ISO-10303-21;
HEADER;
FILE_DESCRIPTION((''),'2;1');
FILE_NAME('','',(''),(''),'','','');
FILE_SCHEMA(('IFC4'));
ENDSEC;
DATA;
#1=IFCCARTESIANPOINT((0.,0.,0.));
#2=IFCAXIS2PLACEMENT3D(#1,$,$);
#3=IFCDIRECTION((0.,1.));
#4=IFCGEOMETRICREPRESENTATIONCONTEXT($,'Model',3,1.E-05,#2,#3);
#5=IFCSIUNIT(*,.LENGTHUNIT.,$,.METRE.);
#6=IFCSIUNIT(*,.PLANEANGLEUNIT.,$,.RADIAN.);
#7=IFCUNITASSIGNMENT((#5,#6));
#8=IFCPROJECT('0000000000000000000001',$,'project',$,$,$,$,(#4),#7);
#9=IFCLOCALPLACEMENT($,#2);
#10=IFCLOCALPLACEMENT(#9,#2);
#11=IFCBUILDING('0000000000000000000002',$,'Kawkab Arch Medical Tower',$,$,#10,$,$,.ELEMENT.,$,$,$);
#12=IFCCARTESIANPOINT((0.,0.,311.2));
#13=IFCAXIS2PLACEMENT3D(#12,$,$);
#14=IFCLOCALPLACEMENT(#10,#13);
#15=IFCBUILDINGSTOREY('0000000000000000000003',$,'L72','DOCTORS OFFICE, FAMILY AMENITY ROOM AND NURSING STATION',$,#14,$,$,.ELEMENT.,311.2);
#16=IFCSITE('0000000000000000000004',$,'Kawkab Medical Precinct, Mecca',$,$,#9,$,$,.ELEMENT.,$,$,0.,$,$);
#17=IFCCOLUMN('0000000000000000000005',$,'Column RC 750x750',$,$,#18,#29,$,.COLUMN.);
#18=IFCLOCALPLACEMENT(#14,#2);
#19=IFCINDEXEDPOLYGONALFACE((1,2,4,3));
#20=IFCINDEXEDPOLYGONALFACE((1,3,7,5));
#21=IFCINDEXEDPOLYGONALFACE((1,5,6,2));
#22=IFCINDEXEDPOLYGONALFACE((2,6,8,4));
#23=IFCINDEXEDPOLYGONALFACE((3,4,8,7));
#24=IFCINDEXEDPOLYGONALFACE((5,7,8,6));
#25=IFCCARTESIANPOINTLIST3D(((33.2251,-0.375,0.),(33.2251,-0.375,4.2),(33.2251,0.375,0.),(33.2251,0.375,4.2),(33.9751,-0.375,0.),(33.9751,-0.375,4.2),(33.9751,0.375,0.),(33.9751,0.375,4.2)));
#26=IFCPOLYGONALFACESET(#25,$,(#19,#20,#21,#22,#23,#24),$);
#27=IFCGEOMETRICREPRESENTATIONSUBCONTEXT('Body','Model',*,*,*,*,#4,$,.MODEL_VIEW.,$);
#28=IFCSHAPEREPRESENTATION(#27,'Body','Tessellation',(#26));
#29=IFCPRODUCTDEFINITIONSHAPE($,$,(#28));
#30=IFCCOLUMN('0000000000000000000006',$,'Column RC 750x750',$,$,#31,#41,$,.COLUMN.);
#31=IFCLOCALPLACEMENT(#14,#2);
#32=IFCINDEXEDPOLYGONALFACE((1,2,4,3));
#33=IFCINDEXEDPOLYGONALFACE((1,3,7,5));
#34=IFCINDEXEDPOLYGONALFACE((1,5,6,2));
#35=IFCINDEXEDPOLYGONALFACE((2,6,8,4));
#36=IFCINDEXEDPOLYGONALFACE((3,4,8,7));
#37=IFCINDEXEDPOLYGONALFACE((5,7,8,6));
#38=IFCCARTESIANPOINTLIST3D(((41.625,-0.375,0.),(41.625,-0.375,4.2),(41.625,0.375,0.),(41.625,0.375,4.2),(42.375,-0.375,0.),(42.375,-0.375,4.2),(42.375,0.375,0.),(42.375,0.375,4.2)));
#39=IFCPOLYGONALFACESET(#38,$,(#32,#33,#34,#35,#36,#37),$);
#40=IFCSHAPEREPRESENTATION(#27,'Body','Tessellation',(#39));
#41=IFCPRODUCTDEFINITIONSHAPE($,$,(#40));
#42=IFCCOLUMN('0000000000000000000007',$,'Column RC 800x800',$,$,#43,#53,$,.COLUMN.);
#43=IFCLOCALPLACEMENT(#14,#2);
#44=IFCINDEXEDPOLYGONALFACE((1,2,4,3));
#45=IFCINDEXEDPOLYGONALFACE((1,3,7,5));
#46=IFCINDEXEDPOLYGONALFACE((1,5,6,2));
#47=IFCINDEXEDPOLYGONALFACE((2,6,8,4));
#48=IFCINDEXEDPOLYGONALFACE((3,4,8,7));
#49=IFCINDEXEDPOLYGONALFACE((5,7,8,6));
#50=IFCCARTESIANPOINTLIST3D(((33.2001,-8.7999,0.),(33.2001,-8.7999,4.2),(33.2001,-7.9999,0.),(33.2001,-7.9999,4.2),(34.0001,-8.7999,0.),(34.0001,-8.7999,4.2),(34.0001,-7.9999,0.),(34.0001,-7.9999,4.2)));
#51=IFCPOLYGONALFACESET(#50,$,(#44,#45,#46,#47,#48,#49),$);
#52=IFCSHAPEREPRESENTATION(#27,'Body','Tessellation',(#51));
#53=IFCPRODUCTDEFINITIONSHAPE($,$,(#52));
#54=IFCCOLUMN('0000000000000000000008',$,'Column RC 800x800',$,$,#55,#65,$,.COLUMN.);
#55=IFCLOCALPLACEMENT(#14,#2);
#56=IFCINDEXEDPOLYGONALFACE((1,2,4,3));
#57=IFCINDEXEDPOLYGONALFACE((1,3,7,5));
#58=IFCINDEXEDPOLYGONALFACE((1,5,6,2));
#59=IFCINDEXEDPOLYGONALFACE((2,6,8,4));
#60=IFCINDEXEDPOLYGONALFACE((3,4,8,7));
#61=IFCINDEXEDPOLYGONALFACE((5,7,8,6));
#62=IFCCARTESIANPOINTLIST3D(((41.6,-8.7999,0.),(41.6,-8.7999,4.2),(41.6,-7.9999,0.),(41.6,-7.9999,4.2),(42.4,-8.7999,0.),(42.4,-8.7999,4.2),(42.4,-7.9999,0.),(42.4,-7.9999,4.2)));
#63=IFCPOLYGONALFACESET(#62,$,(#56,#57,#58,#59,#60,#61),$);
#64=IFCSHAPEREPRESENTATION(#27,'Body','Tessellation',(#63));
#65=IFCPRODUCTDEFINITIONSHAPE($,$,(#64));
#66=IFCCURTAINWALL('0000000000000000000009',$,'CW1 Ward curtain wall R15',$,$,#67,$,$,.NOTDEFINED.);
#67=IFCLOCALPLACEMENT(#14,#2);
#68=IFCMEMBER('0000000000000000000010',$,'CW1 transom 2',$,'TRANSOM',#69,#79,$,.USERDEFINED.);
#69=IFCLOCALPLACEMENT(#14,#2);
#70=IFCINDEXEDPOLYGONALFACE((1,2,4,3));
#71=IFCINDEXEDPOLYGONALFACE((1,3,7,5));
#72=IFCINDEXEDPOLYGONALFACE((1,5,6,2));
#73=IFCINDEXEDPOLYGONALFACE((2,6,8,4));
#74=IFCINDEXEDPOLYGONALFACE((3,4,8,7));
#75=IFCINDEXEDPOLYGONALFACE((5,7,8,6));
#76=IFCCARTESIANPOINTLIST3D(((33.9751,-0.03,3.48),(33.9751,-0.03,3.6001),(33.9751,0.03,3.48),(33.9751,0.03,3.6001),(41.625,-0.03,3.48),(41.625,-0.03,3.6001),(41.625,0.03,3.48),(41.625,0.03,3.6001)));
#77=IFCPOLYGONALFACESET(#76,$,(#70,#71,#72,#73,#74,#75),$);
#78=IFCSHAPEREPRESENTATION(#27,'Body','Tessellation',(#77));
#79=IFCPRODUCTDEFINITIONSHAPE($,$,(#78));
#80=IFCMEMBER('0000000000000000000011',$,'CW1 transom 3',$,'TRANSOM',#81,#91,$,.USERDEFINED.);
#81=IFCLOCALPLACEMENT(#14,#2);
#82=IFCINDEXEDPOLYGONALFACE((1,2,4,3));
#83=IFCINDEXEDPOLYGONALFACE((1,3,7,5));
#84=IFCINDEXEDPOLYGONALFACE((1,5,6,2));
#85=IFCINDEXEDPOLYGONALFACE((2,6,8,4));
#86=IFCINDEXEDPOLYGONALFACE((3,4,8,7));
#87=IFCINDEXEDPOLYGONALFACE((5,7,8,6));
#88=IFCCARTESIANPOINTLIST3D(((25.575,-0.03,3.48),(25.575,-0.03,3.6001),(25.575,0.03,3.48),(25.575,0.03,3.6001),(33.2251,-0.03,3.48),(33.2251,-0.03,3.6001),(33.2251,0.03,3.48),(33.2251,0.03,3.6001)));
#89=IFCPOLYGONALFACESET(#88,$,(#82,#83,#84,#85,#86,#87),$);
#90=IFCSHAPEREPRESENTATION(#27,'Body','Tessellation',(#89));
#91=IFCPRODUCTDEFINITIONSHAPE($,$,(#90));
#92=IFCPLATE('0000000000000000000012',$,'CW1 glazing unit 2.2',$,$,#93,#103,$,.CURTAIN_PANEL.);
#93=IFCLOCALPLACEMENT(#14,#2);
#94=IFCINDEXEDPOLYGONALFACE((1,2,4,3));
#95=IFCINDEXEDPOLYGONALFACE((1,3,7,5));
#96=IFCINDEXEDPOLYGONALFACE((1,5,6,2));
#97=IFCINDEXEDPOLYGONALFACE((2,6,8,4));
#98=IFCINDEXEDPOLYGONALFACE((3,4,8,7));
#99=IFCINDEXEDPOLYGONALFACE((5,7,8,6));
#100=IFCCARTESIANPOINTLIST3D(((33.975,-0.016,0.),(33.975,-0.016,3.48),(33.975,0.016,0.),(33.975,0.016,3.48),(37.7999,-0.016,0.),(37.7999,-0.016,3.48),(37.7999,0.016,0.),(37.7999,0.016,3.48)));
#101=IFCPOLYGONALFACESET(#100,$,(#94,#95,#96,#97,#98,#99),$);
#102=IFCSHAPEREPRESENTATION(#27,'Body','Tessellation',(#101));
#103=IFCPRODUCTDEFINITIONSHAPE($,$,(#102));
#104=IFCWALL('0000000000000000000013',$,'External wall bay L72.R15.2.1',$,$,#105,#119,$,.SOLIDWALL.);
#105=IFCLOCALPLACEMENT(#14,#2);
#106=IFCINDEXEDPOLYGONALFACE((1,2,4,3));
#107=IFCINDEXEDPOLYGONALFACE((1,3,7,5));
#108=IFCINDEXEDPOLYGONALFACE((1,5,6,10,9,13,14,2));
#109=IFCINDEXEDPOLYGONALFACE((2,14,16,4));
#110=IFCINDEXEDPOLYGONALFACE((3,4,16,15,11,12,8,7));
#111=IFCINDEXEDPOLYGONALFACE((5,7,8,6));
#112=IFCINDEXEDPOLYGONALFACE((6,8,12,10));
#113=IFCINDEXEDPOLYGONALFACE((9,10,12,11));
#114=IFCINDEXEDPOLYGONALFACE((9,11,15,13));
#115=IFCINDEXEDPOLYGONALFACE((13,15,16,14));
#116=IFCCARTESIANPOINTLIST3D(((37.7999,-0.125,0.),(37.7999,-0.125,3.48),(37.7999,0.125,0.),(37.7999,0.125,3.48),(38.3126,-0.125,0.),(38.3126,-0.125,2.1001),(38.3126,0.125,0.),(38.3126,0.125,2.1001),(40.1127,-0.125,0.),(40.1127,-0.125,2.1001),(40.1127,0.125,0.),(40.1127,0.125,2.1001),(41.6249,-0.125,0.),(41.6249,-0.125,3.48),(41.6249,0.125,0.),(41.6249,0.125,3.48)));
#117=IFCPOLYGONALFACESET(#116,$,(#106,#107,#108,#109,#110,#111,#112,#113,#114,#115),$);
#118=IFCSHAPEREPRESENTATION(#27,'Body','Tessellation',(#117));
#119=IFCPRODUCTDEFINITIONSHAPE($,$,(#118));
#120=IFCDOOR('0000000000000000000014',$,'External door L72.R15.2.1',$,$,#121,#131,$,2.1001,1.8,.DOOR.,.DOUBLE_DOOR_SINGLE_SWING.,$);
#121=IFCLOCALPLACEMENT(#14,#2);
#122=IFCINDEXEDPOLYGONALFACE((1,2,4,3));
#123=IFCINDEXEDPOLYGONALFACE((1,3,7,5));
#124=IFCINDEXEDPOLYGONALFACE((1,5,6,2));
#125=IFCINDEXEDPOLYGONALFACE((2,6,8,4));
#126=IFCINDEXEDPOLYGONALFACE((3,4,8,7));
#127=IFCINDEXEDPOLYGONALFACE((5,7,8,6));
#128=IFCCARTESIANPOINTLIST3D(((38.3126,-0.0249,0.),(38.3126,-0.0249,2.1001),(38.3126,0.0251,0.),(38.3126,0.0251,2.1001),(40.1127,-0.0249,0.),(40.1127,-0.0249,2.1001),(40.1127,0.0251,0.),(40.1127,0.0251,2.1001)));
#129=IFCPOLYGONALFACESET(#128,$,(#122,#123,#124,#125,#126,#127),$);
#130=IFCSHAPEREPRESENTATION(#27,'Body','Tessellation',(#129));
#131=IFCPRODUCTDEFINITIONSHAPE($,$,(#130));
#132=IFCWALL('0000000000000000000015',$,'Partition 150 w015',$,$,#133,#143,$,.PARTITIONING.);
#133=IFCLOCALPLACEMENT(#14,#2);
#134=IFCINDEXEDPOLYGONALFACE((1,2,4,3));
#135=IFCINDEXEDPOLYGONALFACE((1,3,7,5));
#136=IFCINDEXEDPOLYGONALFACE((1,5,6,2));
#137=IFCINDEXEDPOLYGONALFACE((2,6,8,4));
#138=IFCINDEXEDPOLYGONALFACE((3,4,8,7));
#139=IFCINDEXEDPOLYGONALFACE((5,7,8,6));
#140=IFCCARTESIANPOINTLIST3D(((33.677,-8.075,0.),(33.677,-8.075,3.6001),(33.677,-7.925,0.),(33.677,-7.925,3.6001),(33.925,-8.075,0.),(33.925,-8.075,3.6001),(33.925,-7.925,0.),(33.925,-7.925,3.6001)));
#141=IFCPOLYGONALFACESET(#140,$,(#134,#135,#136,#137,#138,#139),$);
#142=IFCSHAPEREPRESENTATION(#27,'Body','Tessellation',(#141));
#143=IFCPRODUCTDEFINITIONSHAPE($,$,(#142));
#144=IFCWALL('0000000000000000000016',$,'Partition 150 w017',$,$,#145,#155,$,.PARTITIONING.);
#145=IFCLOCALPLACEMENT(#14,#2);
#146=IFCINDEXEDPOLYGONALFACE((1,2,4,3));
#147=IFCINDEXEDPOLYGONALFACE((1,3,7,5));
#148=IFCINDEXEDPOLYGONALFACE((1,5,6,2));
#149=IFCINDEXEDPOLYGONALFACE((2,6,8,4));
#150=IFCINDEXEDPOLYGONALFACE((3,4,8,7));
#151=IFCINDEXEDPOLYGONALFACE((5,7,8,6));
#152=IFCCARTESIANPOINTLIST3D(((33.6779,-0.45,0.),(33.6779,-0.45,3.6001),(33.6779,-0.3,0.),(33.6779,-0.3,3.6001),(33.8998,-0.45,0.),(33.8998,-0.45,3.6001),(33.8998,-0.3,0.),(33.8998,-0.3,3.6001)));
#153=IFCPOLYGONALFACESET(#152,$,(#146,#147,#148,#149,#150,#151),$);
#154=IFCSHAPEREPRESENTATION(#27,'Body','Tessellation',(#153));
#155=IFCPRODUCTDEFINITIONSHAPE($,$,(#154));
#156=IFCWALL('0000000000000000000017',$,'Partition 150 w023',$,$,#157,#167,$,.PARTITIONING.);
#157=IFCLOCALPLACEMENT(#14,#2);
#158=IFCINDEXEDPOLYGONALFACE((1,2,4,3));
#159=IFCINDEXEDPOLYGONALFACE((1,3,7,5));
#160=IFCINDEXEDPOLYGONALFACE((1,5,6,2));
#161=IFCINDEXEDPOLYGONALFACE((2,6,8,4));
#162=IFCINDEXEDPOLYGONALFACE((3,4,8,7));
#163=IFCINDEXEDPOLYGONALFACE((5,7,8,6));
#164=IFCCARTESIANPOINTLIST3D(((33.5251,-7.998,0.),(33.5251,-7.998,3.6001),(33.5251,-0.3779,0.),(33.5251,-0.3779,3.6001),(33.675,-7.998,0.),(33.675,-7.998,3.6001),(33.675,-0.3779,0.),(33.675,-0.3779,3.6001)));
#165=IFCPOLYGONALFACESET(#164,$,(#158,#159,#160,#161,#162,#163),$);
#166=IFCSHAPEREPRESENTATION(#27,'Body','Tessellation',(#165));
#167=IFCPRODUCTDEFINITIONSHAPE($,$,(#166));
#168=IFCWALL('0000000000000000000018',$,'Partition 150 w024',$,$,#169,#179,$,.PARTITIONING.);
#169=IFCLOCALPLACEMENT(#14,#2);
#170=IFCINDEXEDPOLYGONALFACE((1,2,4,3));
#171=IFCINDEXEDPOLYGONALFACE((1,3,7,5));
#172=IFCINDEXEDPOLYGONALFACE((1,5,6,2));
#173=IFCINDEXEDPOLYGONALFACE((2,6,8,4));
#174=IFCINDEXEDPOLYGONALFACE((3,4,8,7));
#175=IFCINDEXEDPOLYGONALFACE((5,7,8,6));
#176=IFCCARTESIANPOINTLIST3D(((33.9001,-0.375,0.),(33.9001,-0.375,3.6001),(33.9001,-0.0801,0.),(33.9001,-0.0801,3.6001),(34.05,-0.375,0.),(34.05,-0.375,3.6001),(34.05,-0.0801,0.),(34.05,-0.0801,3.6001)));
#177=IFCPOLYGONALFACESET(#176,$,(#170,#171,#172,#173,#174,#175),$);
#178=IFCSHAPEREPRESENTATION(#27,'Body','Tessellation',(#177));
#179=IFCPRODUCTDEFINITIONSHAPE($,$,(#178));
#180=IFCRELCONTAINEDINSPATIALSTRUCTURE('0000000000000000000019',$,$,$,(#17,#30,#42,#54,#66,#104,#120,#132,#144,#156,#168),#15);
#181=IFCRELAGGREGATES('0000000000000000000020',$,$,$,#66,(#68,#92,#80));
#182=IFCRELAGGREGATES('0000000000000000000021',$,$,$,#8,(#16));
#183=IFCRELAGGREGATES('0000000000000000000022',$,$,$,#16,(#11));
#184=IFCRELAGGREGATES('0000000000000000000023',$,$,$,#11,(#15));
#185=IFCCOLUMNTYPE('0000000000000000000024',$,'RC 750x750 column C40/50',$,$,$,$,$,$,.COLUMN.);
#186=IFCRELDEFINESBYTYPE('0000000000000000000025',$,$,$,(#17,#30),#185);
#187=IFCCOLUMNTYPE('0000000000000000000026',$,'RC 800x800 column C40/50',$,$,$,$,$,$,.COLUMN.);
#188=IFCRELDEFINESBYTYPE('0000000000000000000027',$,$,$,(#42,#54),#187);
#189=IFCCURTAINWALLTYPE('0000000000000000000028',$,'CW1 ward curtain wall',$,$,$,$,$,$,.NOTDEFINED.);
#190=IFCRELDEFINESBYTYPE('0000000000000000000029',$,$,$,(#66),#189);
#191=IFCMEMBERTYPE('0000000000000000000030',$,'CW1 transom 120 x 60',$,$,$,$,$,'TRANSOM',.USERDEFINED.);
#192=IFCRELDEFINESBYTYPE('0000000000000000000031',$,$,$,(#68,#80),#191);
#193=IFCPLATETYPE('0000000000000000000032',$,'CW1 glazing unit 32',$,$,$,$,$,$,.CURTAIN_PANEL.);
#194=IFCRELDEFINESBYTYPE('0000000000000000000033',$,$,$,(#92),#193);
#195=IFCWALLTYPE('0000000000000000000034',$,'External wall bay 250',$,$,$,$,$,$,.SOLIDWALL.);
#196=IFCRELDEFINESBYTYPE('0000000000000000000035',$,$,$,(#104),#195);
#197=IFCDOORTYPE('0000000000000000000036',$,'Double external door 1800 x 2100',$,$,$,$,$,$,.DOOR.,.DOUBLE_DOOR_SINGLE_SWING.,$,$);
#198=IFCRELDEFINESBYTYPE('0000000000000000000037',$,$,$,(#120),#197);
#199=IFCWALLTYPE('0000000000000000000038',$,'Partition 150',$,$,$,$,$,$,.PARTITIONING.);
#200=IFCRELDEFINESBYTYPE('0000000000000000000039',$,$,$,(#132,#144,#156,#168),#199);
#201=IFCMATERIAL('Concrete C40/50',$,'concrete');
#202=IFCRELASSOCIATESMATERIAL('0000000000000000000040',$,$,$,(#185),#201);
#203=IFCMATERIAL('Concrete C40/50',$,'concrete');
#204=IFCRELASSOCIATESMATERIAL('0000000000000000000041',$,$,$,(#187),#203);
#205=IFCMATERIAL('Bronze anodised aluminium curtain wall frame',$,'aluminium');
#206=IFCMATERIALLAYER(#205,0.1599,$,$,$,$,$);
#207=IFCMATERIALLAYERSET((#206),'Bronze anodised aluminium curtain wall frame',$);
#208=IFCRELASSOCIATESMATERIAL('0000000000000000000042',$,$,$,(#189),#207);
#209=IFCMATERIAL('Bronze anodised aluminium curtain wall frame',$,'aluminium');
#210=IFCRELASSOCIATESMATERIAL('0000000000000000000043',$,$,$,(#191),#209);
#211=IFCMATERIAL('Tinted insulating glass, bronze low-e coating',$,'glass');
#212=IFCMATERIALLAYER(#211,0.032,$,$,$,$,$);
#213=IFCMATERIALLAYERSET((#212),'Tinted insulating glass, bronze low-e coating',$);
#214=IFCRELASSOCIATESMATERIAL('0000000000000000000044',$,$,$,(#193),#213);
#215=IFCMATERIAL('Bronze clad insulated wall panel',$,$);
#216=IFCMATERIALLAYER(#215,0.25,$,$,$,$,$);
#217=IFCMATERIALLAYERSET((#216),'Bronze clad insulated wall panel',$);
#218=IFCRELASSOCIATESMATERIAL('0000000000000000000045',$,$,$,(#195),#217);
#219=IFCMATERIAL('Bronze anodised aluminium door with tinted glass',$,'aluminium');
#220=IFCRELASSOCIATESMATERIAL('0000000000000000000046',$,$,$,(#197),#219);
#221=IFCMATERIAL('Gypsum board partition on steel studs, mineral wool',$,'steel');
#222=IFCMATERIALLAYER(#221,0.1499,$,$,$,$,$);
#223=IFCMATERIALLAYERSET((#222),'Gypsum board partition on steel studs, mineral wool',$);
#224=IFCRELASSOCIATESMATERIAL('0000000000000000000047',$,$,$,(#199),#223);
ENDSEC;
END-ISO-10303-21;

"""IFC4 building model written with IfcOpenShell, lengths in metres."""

from ifc_helpers import new_model, si_unit, direction, frame, frame_2d, origin, origin_2d, place, context, subcontext, project, spatial, rectangle, extrude, material, layer, layer_set, material_profile, profile_set, type_object, element, fill, aggregate, save


model = new_model("IFC4")

# Units and contexts
model_context = context("Model", 3, precision=1e-05, world=origin(), true_north=direction((0.0, 1.0)))
body_context = subcontext(model_context, "Body", "Model", "MODEL_VIEW")
ifc_project = project(units=[si_unit("LENGTHUNIT", "METRE"), si_unit("PLANEANGLEUNIT", "RADIAN")], contexts=[model_context])

# Site, building, storey
site_placement = place(None, origin())
site = spatial("IfcSite", under=ifc_project, at=site_placement, Name="Kawkab Medical Precinct, Mecca", CompositionType="ELEMENT", RefElevation=0.0)
building_placement = place(site_placement, origin())
building = spatial("IfcBuilding", under=site, at=building_placement, Name="Kawkab Arch Medical Tower", CompositionType="ELEMENT")
storey_placement = place(building_placement, frame((0.0, 0.0, 311.2)))
storey = spatial("IfcBuildingStorey", under=building, at=storey_placement, Name="L72", Description="DOCTORS OFFICE, FAMILY AMENITY ROOM AND NURSING STATION", CompositionType="ELEMENT", Elevation=311.2)

# Columns
ifc_material_1 = material(Name="Concrete C40/50", Category="concrete")
ifc_material_profile_1 = material_profile(ifc_material_1, rectangle(XDim=0.75, YDim=0.75, at=origin_2d()), Name="RC 750x750")
ifc_profile_set_1 = profile_set([ifc_material_profile_1], Name="Concrete C40/50")
column_type_1 = type_object("IfcColumnType", Name="RC 750x750 column C40/50", PredefinedType="COLUMN", material=ifc_profile_set_1)
for number, where, z_axis, x_axis, name in (
    (1, (33.6001, 0.0, 0.0), (0.0, 0.0, 1.0), (1.0, 0.0, 0.0), "Column RC 750x750"),
    (2, (42.0, 0.0, 0.0), (0.0, 0.0, 1.0), (1.0, 0.0, 0.0), "Column RC 750x750"),
):
    element("IfcColumn", number, at=place(storey_placement, frame(where, z_axis=z_axis, x_axis=x_axis)), inside=storey, type_object=column_type_1, Name=name, PredefinedType="COLUMN", context=body_context, shape_type="SweptSolid", body=[
        extrude(rectangle(XDim=0.75, YDim=0.75, at=origin_2d()), origin(), (0.0, 0.0, 1.0), 4.2),
    ])
ifc_material_2 = material(Name="Concrete C40/50", Category="concrete")
ifc_material_profile_2 = material_profile(ifc_material_2, rectangle(XDim=0.8, YDim=0.8, at=origin_2d()), Name="RC 800x800")
ifc_profile_set_2 = profile_set([ifc_material_profile_2], Name="Concrete C40/50")
column_type_2 = type_object("IfcColumnType", Name="RC 800x800 column C40/50", PredefinedType="COLUMN", material=ifc_profile_set_2)
for number, where, z_axis, x_axis, name in (
    (3, (33.6001, -8.3999, 0.0), (0.0, 0.0, 1.0), (1.0, 0.0, 0.0), "Column RC 800x800"),
    (4, (42.0, -8.3999, 0.0), (0.0, 0.0, 1.0), (1.0, 0.0, 0.0), "Column RC 800x800"),
):
    element("IfcColumn", number, at=place(storey_placement, frame(where, z_axis=z_axis, x_axis=x_axis)), inside=storey, type_object=column_type_2, Name=name, PredefinedType="COLUMN", context=body_context, shape_type="SweptSolid", body=[
        extrude(rectangle(XDim=0.8, YDim=0.8, at=origin_2d()), origin(), (0.0, 0.0, 1.0), 4.2),
    ])

# Curtain wall, members, plate
ifc_material_3 = material(Name="Bronze anodised aluminium curtain wall frame", Category="aluminium")
ifc_layer_1 = layer(ifc_material_3, 0.1599)
ifc_layer_set_1 = layer_set([ifc_layer_1], Name="Bronze anodised aluminium curtain wall frame")
curtain_wall_type = type_object("IfcCurtainWallType", Name="CW1 ward curtain wall", PredefinedType="NOTDEFINED", material=ifc_layer_set_1)
curtain_wall_placement = place(storey_placement, origin())
curtain_wall = element("IfcCurtainWall", 5, at=curtain_wall_placement, inside=storey, type_object=curtain_wall_type, Name="CW1 Ward curtain wall R15", PredefinedType="NOTDEFINED")
ifc_material_4 = material(Name="Bronze anodised aluminium curtain wall frame", Category="aluminium")
ifc_material_profile_3 = material_profile(ifc_material_4, rectangle(XDim=0.0601, YDim=0.1201, at=origin_2d()), Name="AL 60x120")
ifc_profile_set_3 = profile_set([ifc_material_profile_3], Name="Bronze anodised aluminium curtain wall frame")
member_type = type_object("IfcMemberType", Name="CW1 transom 120 x 60", ElementType="TRANSOM", PredefinedType="USERDEFINED", material=ifc_profile_set_3)
member_1_placement = place(storey_placement, frame((41.625, 0.0, 3.54), z_axis=(-1.0, 0.0, 0.0), x_axis=(0.0, -1.0, 0.0)))
member_1 = element("IfcMember", 6, at=member_1_placement, type_object=member_type, Name="CW1 transom 2", ObjectType="TRANSOM", PredefinedType="USERDEFINED", context=body_context, shape_type="SweptSolid", body=[
    extrude(rectangle(XDim=0.0601, YDim=0.1201, at=origin_2d()), origin(), (0.0, 0.0, 1.0), 7.6499),
])
member_2_placement = place(storey_placement, frame((33.2251, 0.0, 3.54), z_axis=(-1.0, 0.0, 0.0), x_axis=(0.0, -1.0, 0.0)))
member_2 = element("IfcMember", 7, at=member_2_placement, type_object=member_type, Name="CW1 transom 3", ObjectType="TRANSOM", PredefinedType="USERDEFINED", context=body_context, shape_type="SweptSolid", body=[
    extrude(rectangle(XDim=0.0601, YDim=0.1201, at=origin_2d()), origin(), (0.0, 0.0, 1.0), 7.6501),
])
ifc_material_5 = material(Name="Tinted insulating glass, bronze low-e coating", Category="glass")
ifc_layer_2 = layer(ifc_material_5, 0.032)
ifc_layer_set_2 = layer_set([ifc_layer_2], Name="Tinted insulating glass, bronze low-e coating")
plate_type = type_object("IfcPlateType", Name="CW1 glazing unit 32", PredefinedType="CURTAIN_PANEL", material=ifc_layer_set_2)
plate_placement = place(storey_placement, frame((35.8875, 0.0, 0.0), z_axis=(0.0, 0.0, 1.0), x_axis=(-1.0, 0.0, 0.0)))
plate = element("IfcPlate", 8, at=plate_placement, type_object=plate_type, Name="CW1 glazing unit 2.2", PredefinedType="CURTAIN_PANEL", context=body_context, shape_type="SweptSolid", body=[
    extrude(rectangle(XDim=3.825, YDim=0.032, at=origin_2d()), origin(), (0.0, 0.0, 1.0), 3.48),
])
aggregate(curtain_wall, [member_1, plate, member_2])

# Wall, opening, door
ifc_material_6 = material(Name="Bronze clad insulated wall panel")
ifc_layer_3 = layer(ifc_material_6, 0.25)
ifc_layer_set_3 = layer_set([ifc_layer_3], Name="Bronze clad insulated wall panel")
wall_type_1 = type_object("IfcWallType", Name="External wall bay 250", PredefinedType="SOLIDWALL", material=ifc_layer_set_3)
wall_1_placement = place(storey_placement, frame((41.625, 0.0, 0.0), z_axis=(0.0, 0.0, 1.0), x_axis=(-1.0, 0.0, 0.0)))
wall_1 = element("IfcWall", 9, at=wall_1_placement, inside=storey, type_object=wall_type_1, Name="External wall bay L72.R15.2.1", PredefinedType="SOLIDWALL", context=body_context, shape_type="SweptSolid", body=[
    extrude(rectangle(XDim=3.825, YDim=0.25, at=frame_2d((1.9126, 0.0))), origin(), (0.0, 0.0, 1.0), 3.48),
])
opening_1_placement = place(wall_1_placement, frame((1.5125, 0.0, 0.0)))
opening_1 = element("IfcOpeningElement", 10, at=opening_1_placement, cuts=wall_1, PredefinedType="OPENING", context=body_context, shape_type="SweptSolid", body=[
    extrude(rectangle(XDim=1.8, YDim=2.1001, at=frame_2d((0.8999, 1.05))), frame((0.0, 0.135, 0.0), z_axis=(0.0, -1.0, 0.0), x_axis=(1.0, 0.0, 0.0)), (0.0, 0.0, 1.0), 0.27),
])
ifc_material_7 = material(Name="Bronze anodised aluminium door with tinted glass", Category="aluminium")
door_type_1 = type_object("IfcDoorType", Name="Double external door 1800 x 2100", OperationType="DOUBLE_DOOR_SINGLE_SWING", PredefinedType="DOOR", material=ifc_material_7)
door_1_placement = place(opening_1_placement, origin())
door_1 = element("IfcDoor", 11, at=door_1_placement, inside=storey, type_object=door_type_1, Name="External door L72.R15.2.1", OperationType="DOUBLE_DOOR_SINGLE_SWING", OverallHeight=2.1001, OverallWidth=1.8, PredefinedType="DOOR", context=body_context, shape_type="SweptSolid", body=[
    extrude(rectangle(XDim=1.8, YDim=2.1001, at=frame_2d((0.8999, 1.05))), frame((0.0, 0.0249, 0.0), z_axis=(0.0, -1.0, 0.0), x_axis=(1.0, 0.0, 0.0)), (0.0, 0.0, 1.0), 0.05),
])
fill(opening_1, door_1)

# Walls
ifc_material_8 = material(Name="Gypsum board partition on steel studs, mineral wool", Category="steel")
ifc_layer_4 = layer(ifc_material_8, 0.1499)
ifc_layer_set_4 = layer_set([ifc_layer_4], Name="Gypsum board partition on steel studs, mineral wool")
wall_type_2 = type_object("IfcWallType", Name="Partition 150", PredefinedType="PARTITIONING", material=ifc_layer_set_4)
wall_2_placement = place(storey_placement, frame((33.677, -8.0, 0.0), z_axis=(0.0, 0.0, 1.0), x_axis=(1.0, 0.0, 0.0)))
element("IfcWall", 12, at=wall_2_placement, inside=storey, type_object=wall_type_2, Name="Partition 150 w015", PredefinedType="PARTITIONING", context=body_context, shape_type="SweptSolid", body=[
    extrude(rectangle(XDim=0.248, YDim=0.1499, at=frame_2d((0.124, 0.0))), origin(), (0.0, 0.0, 1.0), 3.6001),
])
wall_3_placement = place(storey_placement, frame((33.678, -0.375, 0.0), z_axis=(0.0, 0.0, 1.0), x_axis=(1.0, 0.0, 0.0)))
element("IfcWall", 13, at=wall_3_placement, inside=storey, type_object=wall_type_2, Name="Partition 150 w017", PredefinedType="PARTITIONING", context=body_context, shape_type="SweptSolid", body=[
    extrude(rectangle(XDim=0.2219, YDim=0.1499, at=frame_2d((0.1108, 0.0))), origin(), (0.0, 0.0, 1.0), 3.6001),
])
wall_4_placement = place(storey_placement, frame((33.6001, -7.998, 0.0), z_axis=(0.0, 0.0, 1.0), x_axis=(0.0, 1.0, 0.0)))
element("IfcWall", 14, at=wall_4_placement, inside=storey, type_object=wall_type_2, Name="Partition 150 w023", PredefinedType="PARTITIONING", context=body_context, shape_type="SweptSolid", body=[
    extrude(rectangle(XDim=7.6201, YDim=0.1499, at=frame_2d((3.8101, 0.0))), origin(), (0.0, 0.0, 1.0), 3.6001),
])
wall_5_placement = place(storey_placement, frame((33.9751, -0.375, 0.0), z_axis=(0.0, 0.0, 1.0), x_axis=(0.0, 1.0, 0.0)))
element("IfcWall", 15, at=wall_5_placement, inside=storey, type_object=wall_type_2, Name="Partition 150 w024", PredefinedType="PARTITIONING", context=body_context, shape_type="SweptSolid", body=[
    extrude(rectangle(XDim=0.2949, YDim=0.1499, at=frame_2d((0.1475, 0.0))), origin(), (0.0, 0.0, 1.0), 3.6001),
])

save(model, "model.ifc")
